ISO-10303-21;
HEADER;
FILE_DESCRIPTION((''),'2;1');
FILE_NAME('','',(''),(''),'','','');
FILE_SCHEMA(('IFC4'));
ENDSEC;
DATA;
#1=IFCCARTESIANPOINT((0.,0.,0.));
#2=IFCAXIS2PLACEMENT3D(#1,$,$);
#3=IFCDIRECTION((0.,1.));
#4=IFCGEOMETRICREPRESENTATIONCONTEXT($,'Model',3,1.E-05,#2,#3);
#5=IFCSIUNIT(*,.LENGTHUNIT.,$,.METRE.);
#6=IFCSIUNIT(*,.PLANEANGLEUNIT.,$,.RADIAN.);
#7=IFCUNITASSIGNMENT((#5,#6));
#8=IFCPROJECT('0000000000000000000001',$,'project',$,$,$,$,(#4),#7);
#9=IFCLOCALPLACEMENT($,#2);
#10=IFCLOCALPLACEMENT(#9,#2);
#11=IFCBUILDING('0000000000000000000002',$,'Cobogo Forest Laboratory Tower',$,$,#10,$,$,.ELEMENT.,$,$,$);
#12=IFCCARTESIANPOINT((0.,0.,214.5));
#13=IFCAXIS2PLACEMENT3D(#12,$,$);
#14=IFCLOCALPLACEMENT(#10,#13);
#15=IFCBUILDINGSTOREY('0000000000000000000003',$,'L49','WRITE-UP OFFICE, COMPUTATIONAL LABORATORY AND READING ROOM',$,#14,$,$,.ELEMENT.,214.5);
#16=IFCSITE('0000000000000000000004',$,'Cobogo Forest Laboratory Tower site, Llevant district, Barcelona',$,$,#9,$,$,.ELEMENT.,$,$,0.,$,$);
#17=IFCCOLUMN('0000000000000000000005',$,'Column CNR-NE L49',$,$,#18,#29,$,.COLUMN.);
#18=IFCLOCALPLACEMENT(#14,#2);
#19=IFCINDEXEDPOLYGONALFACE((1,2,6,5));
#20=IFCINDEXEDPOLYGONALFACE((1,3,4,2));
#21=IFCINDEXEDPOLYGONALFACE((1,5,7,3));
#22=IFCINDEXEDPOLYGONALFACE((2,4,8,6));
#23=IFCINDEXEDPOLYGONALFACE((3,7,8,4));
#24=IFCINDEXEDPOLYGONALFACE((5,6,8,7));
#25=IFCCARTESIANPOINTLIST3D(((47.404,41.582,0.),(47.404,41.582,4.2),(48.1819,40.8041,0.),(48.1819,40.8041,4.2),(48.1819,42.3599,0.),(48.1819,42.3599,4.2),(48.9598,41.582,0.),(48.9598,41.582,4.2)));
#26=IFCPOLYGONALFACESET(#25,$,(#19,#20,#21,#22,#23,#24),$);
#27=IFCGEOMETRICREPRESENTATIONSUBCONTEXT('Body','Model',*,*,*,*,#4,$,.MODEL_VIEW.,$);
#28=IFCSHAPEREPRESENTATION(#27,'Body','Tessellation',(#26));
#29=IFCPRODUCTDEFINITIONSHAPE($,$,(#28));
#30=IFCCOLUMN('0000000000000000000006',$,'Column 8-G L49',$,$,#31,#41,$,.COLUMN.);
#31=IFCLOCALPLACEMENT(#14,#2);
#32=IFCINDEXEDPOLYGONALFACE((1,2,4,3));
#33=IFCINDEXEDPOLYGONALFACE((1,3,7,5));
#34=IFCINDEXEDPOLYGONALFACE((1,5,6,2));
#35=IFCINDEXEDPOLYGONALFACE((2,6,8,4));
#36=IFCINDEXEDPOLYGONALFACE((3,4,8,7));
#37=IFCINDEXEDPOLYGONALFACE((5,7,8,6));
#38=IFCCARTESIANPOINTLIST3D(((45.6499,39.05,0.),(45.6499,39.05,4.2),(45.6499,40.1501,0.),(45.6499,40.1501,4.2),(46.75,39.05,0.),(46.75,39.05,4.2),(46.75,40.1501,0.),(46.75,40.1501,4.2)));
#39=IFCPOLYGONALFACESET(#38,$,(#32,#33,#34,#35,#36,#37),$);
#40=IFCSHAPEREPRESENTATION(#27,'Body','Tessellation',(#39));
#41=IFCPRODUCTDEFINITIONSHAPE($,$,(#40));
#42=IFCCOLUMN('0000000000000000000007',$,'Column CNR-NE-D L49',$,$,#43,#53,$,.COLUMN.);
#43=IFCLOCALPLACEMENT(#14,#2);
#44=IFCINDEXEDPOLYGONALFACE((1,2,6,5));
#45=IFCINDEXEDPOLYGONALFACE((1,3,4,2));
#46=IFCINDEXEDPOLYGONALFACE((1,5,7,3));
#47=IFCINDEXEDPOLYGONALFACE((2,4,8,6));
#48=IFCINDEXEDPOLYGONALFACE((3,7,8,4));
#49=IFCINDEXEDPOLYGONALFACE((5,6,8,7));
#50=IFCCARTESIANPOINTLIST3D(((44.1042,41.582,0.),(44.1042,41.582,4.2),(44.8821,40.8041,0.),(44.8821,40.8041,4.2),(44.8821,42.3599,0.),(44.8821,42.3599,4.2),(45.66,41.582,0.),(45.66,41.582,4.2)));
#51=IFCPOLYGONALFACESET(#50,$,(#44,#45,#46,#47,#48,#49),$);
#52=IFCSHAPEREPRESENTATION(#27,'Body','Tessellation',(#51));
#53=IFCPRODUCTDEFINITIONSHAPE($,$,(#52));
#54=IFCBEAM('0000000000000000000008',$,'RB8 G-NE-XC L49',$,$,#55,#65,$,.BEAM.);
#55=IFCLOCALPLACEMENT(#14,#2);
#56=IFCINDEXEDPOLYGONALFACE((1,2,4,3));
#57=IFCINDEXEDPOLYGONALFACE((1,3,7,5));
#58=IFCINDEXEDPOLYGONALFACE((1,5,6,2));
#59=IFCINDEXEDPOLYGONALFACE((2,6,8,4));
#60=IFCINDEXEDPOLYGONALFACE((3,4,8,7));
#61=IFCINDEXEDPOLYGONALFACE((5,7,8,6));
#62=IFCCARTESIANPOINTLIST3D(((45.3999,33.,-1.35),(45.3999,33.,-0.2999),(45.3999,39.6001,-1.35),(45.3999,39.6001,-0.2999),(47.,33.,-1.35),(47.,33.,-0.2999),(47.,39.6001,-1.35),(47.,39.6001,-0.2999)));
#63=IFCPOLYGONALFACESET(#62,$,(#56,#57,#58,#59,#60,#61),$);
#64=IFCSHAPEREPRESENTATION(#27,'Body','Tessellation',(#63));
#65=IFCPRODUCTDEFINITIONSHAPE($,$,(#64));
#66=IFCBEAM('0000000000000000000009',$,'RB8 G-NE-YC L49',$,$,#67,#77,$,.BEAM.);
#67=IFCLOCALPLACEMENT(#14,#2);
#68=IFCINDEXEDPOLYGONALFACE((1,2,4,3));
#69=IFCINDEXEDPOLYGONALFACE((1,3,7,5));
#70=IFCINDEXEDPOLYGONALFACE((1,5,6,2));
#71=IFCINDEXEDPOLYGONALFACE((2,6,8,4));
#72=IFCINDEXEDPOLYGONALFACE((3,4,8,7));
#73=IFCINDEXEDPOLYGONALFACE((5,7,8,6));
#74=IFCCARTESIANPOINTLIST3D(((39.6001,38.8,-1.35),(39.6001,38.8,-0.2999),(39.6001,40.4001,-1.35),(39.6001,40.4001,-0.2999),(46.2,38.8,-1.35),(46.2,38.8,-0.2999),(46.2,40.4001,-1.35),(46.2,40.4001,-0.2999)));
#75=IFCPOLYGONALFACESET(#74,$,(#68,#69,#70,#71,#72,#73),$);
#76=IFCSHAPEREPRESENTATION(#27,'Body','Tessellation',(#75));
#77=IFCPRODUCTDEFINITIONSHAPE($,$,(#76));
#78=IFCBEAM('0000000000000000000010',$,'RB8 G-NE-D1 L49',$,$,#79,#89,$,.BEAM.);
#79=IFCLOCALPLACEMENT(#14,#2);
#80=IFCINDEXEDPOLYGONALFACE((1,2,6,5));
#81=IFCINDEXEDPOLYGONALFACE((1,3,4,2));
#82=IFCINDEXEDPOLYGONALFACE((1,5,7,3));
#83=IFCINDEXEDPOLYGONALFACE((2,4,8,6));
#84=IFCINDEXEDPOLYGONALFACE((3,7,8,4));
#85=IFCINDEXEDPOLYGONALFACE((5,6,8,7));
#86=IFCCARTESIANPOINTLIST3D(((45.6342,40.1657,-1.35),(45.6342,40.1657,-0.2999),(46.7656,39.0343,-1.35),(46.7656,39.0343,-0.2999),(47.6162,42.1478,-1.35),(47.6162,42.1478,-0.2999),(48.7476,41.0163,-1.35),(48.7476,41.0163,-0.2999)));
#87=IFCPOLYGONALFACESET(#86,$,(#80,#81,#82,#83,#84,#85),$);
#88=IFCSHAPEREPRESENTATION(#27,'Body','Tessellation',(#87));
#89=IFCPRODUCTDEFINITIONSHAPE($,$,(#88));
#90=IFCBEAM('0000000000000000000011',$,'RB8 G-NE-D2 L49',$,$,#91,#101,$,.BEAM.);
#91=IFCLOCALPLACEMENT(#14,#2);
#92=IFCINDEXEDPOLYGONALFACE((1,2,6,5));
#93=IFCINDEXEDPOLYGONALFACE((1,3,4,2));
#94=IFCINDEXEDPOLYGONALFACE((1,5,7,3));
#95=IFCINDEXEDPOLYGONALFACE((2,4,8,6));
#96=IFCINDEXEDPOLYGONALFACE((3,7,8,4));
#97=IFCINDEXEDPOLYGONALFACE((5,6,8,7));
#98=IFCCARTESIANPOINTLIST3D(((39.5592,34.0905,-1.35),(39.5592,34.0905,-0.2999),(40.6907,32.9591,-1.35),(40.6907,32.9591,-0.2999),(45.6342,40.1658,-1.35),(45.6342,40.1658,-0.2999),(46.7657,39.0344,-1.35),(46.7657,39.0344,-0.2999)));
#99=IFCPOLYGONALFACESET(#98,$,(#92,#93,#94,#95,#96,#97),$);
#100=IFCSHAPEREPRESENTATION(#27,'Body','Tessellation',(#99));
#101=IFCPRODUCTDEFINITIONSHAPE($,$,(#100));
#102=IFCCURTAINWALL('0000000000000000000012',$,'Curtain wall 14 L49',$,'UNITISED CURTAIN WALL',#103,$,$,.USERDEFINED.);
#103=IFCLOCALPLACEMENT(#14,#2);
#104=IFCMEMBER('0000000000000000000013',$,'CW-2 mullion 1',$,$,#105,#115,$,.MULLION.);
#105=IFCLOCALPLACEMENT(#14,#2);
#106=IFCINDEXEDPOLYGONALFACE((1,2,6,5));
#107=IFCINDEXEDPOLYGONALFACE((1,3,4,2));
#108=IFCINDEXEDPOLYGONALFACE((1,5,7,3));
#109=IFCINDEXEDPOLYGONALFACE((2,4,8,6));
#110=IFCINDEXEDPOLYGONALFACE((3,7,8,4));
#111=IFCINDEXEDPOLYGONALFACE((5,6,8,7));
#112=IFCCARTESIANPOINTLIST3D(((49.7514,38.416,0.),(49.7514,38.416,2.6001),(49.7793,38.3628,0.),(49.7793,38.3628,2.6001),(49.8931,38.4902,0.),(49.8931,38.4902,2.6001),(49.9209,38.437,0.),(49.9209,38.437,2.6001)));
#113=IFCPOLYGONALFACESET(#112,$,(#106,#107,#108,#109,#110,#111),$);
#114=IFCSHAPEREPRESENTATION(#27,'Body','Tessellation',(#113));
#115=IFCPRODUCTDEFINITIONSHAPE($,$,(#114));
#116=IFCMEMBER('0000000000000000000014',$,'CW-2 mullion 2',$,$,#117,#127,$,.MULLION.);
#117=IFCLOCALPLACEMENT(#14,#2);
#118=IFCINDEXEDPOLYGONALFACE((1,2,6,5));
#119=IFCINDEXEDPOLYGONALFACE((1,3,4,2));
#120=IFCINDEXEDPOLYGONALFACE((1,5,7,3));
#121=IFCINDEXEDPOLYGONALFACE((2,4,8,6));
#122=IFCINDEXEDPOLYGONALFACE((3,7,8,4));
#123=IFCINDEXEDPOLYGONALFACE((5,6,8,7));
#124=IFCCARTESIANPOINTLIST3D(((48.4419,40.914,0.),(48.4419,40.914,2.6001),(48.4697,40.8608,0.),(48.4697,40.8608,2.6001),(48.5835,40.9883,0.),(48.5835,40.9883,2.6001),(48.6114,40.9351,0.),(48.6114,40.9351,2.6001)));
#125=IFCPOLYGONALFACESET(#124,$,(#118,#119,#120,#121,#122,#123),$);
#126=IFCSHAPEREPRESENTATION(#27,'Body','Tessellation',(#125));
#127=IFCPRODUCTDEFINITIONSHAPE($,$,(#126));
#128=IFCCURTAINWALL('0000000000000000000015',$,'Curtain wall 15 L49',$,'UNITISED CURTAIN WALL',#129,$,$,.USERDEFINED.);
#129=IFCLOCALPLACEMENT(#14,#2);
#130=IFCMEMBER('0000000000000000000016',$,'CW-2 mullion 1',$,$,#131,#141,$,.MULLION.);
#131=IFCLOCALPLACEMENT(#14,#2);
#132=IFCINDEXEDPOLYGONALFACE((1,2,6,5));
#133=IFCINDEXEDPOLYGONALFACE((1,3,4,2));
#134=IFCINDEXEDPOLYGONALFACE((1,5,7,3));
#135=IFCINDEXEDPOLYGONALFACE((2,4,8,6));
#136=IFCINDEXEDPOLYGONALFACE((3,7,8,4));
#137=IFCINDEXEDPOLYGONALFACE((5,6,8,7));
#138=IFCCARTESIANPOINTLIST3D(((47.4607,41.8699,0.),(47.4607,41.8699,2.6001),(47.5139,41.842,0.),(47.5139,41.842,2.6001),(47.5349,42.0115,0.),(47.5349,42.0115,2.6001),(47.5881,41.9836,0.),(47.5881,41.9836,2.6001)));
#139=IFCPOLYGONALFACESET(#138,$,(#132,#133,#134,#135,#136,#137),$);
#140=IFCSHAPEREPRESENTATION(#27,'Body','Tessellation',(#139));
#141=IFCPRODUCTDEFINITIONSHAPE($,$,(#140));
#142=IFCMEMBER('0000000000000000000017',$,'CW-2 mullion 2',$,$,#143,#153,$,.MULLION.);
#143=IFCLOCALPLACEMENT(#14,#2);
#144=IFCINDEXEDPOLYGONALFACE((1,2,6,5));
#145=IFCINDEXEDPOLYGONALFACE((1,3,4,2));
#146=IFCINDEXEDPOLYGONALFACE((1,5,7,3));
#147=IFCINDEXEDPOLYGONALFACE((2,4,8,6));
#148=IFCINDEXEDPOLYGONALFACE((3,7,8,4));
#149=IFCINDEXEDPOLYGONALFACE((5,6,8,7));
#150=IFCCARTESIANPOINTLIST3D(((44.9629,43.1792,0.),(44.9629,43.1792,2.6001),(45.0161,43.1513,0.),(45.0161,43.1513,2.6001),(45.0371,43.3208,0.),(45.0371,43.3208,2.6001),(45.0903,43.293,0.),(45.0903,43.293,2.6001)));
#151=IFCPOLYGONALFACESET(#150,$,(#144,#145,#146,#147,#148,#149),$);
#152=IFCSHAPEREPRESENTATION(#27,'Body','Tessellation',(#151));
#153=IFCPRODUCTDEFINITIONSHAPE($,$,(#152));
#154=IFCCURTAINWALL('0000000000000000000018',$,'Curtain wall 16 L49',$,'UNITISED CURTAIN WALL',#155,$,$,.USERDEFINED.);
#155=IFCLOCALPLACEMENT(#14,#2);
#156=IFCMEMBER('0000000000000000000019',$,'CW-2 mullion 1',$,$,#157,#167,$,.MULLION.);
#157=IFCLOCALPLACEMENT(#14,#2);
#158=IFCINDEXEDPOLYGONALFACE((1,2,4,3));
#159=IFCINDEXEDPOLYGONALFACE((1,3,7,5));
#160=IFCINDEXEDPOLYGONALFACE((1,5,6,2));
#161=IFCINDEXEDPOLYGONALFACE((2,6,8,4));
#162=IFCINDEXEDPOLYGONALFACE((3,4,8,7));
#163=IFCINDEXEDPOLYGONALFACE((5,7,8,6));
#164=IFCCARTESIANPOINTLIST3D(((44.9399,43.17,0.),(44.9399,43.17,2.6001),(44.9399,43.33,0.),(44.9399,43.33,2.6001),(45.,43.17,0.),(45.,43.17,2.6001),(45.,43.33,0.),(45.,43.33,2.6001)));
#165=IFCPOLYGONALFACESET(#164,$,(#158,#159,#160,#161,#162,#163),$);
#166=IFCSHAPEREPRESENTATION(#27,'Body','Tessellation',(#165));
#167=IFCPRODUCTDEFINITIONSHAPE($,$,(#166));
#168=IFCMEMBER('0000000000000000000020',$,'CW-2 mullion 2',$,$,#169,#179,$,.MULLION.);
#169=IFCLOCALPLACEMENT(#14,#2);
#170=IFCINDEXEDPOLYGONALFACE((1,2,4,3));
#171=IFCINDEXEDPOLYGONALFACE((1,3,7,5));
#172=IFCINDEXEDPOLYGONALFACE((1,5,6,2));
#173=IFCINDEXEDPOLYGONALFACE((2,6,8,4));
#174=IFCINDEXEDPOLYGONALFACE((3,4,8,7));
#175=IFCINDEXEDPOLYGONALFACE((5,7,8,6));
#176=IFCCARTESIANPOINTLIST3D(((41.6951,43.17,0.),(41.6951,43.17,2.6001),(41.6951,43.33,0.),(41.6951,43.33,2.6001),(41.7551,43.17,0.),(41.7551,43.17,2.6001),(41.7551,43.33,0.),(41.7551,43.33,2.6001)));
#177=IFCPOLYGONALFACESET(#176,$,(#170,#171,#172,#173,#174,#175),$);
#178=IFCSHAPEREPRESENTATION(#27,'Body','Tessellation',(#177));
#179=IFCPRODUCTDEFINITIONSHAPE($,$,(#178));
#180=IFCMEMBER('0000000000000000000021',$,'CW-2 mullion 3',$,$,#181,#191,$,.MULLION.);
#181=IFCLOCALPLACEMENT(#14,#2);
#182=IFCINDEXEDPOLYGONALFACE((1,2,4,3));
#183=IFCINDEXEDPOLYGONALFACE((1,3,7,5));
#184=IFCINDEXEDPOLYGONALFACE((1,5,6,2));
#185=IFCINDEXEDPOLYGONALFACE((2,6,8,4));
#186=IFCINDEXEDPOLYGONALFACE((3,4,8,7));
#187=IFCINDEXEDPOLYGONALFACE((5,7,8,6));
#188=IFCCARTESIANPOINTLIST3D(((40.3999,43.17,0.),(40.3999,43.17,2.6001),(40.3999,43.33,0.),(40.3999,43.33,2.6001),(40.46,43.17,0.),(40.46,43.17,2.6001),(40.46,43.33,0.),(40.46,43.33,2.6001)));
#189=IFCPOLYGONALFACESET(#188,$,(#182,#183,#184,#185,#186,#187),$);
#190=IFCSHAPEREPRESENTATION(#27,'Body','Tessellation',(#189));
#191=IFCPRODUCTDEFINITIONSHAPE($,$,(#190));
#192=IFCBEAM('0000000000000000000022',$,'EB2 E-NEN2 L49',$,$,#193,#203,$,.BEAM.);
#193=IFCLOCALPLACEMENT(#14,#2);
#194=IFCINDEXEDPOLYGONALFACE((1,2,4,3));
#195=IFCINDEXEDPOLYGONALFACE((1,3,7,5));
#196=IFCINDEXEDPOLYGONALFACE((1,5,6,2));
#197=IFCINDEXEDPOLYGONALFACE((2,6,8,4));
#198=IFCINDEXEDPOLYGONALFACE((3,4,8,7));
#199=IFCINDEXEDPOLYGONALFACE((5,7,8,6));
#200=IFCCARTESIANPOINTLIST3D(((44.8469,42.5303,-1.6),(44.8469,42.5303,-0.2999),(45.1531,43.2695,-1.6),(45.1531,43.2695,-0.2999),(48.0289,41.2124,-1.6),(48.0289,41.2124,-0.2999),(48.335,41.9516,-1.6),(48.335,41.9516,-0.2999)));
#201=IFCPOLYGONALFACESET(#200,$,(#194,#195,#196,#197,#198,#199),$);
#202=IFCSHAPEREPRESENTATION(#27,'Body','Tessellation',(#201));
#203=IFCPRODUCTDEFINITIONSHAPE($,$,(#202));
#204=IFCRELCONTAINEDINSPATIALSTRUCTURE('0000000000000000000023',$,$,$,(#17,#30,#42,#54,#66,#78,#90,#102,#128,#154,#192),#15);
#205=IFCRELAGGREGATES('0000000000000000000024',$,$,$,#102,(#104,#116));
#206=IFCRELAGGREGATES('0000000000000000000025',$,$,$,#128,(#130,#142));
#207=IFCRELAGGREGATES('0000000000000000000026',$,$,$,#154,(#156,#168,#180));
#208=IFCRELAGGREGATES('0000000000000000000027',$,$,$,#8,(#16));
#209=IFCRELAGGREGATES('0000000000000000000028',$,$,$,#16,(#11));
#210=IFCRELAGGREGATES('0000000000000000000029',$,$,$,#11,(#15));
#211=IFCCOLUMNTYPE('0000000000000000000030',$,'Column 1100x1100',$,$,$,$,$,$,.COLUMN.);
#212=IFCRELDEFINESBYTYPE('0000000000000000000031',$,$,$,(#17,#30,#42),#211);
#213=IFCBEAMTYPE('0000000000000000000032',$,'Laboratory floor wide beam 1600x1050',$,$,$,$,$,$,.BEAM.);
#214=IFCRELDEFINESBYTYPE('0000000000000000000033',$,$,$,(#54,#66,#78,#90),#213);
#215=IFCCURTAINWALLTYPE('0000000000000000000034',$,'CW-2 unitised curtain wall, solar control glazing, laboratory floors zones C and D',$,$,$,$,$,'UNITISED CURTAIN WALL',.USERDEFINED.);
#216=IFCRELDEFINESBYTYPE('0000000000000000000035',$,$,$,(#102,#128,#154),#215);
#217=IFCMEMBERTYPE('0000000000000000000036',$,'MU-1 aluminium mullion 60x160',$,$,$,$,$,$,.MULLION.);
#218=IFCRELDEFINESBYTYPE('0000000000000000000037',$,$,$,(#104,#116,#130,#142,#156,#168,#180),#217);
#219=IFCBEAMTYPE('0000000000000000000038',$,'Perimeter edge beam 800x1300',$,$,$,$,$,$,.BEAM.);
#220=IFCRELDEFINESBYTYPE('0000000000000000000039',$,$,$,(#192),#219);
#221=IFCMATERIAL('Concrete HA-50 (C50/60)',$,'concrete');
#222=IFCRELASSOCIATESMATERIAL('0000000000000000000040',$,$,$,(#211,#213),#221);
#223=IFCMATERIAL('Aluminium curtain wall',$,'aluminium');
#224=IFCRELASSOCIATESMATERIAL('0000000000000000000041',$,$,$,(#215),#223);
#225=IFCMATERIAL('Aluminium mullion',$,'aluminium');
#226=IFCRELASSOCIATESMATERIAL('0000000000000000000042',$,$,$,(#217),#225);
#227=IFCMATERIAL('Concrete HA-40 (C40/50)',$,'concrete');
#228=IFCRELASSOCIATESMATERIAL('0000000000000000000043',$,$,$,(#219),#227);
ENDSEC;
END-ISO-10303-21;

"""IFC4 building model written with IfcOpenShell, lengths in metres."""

from ifc_helpers import new_model, si_unit, direction, frame, origin, origin_2d, place, context, subcontext, project, spatial, rectangle, extrude, material, material_profile, profile_set, type_object, element, aggregate, save


model = new_model("IFC4")

# Units and contexts
model_context = context("Model", 3, precision=1e-05, world=origin(), true_north=direction((0.0, 1.0)))
body_context = subcontext(model_context, "Body", "Model", "MODEL_VIEW")
ifc_project = project(units=[si_unit("LENGTHUNIT", "METRE"), si_unit("PLANEANGLEUNIT", "RADIAN")], contexts=[model_context])

# Site, building, storey
site_placement = place(None, origin())
site = spatial("IfcSite", under=ifc_project, at=site_placement, Name="Cobogo Forest Laboratory Tower site, Llevant district, Barcelona", CompositionType="ELEMENT", RefElevation=0.0)
building_placement = place(site_placement, origin())
building = spatial("IfcBuilding", under=site, at=building_placement, Name="Cobogo Forest Laboratory Tower", CompositionType="ELEMENT")
storey_placement = place(building_placement, frame((0.0, 0.0, 214.5)))
storey = spatial("IfcBuildingStorey", under=building, at=storey_placement, Name="L49", Description="WRITE-UP OFFICE, COMPUTATIONAL LABORATORY AND READING ROOM", CompositionType="ELEMENT", Elevation=214.5)

# Columns
ifc_material_1 = material(Name="Concrete HA-50 (C50/60)", Category="concrete")
ifc_material_profile_1 = material_profile(ifc_material_1, rectangle(XDim=1.1001, YDim=1.1001, at=origin_2d()), Name="RC 1100x1100")
ifc_profile_set_1 = profile_set([ifc_material_profile_1], Name="Concrete HA-50 (C50/60)")
column_type = type_object("IfcColumnType", Name="Column 1100x1100", PredefinedType="COLUMN", material=ifc_profile_set_1)
for number, where, z_axis, x_axis, name in (
    (1, (48.1819, 41.582, 0.0), (0.0, 0.0, 1.0), (0.707107, 0.707107, 0.0), "Column CNR-NE L49"),
    (2, (46.2, 39.6001, 0.0), (0.0, 0.0, 1.0), (1.0, 0.0, 0.0), "Column 8-G L49"),
    (3, (44.8821, 41.582, 0.0), (0.0, 0.0, 1.0), (0.707107, 0.707107, 0.0), "Column CNR-NE-D L49"),
):
    element("IfcColumn", number, at=place(storey_placement, frame(where, z_axis=z_axis, x_axis=x_axis)), inside=storey, type_object=column_type, Name=name, PredefinedType="COLUMN", context=body_context, shape_type="SweptSolid", body=[
        extrude(rectangle(XDim=1.1001, YDim=1.1001, at=origin_2d()), origin(), (0.0, 0.0, 1.0), 4.2),
    ])

# Beams
ifc_material_profile_2 = material_profile(ifc_material_1, rectangle(XDim=1.6001, YDim=1.05, at=origin_2d()), Name="RC 1600x1050")
ifc_profile_set_2 = profile_set([ifc_material_profile_2], Name="Concrete HA-50 (C50/60)")
beam_type_1 = type_object("IfcBeamType", Name="Laboratory floor wide beam 1600x1050", PredefinedType="BEAM", material=ifc_profile_set_2)
beam_1_placement = place(storey_placement, frame((46.2, 39.6001, -0.825), z_axis=(0.0, -1.0, 0.0), x_axis=(1.0, 0.0, 0.0)))
element("IfcBeam", 4, at=beam_1_placement, inside=storey, type_object=beam_type_1, Name="RB8 G-NE-XC L49", PredefinedType="BEAM", context=body_context, shape_type="SweptSolid", body=[
    extrude(rectangle(XDim=1.6001, YDim=1.05, at=origin_2d()), origin(), (0.0, 0.0, 1.0), 6.6001),
])
beam_2_placement = place(storey_placement, frame((46.2, 39.6001, -0.825), z_axis=(-1.0, 0.0, 0.0), x_axis=(0.0, -1.0, 0.0)))
element("IfcBeam", 5, at=beam_2_placement, inside=storey, type_object=beam_type_1, Name="RB8 G-NE-YC L49", PredefinedType="BEAM", context=body_context, shape_type="SweptSolid", body=[
    extrude(rectangle(XDim=1.6001, YDim=1.05, at=origin_2d()), origin(), (0.0, 0.0, 1.0), 6.5999),
])
beam_3_placement = place(storey_placement, frame((48.1819, 41.582, -0.825), z_axis=(-0.707107, -0.707107, 0.0), x_axis=(0.707107, -0.707107, 0.0)))
element("IfcBeam", 6, at=beam_3_placement, inside=storey, type_object=beam_type_1, Name="RB8 G-NE-D1 L49", PredefinedType="BEAM", context=body_context, shape_type="SweptSolid", body=[
    extrude(rectangle(XDim=1.6001, YDim=1.05, at=origin_2d()), origin(), (0.0, 0.0, 1.0), 2.803),
])
beam_4_placement = place(storey_placement, frame((46.2, 39.6001, -0.825), z_axis=(-0.707093, -0.707121, 0.0), x_axis=(0.707121, -0.707093, 0.0)))
element("IfcBeam", 7, at=beam_4_placement, inside=storey, type_object=beam_type_1, Name="RB8 G-NE-D2 L49", PredefinedType="BEAM", context=body_context, shape_type="SweptSolid", body=[
    extrude(rectangle(XDim=1.6001, YDim=1.05, at=origin_2d()), origin(), (0.0, 0.0, 1.0), 8.5916),
])

# Curtain walls, members
ifc_material_2 = material(Name="Aluminium curtain wall", Category="aluminium")
curtain_wall_type = type_object("IfcCurtainWallType", Name="CW-2 unitised curtain wall, solar control glazing, laboratory floors zones C and D", ElementType="UNITISED CURTAIN WALL", PredefinedType="USERDEFINED", material=ifc_material_2)
curtain_wall_1_placement = place(storey_placement, origin())
curtain_wall_1 = element("IfcCurtainWall", 8, at=curtain_wall_1_placement, inside=storey, type_object=curtain_wall_type, Name="Curtain wall 14 L49", ObjectType="UNITISED CURTAIN WALL", PredefinedType="USERDEFINED")
ifc_material_3 = material(Name="Aluminium mullion", Category="aluminium")
ifc_material_profile_3 = material_profile(ifc_material_3, rectangle(XDim=0.0601, YDim=0.1599, at=origin_2d()), Name="AL 60x160")
ifc_profile_set_3 = profile_set([ifc_material_profile_3], Name="Aluminium mullion")
member_type_1 = type_object("IfcMemberType", Name="MU-1 aluminium mullion 60x160", PredefinedType="MULLION", material=ifc_profile_set_3)
member_1_placement = place(storey_placement, frame((49.8362, 38.4265, 0.0), z_axis=(0.0, 0.0, 1.0), x_axis=(-0.464284, 0.885686, 0.0)))
member_1 = element("IfcMember", 9, at=member_1_placement, type_object=member_type_1, Name="CW-2 mullion 1", PredefinedType="MULLION", context=body_context, shape_type="SweptSolid", body=[
    extrude(rectangle(XDim=0.0601, YDim=0.1599, at=origin_2d()), origin(), (0.0, 0.0, 1.0), 2.6001),
])
member_2_placement = place(storey_placement, frame((48.5266, 40.9246, 0.0), z_axis=(0.0, 0.0, 1.0), x_axis=(-0.464284, 0.885686, 0.0)))
member_2 = element("IfcMember", 10, at=member_2_placement, type_object=member_type_1, Name="CW-2 mullion 2", PredefinedType="MULLION", context=body_context, shape_type="SweptSolid", body=[
    extrude(rectangle(XDim=0.0601, YDim=0.1599, at=origin_2d()), origin(), (0.0, 0.0, 1.0), 2.6001),
])
curtain_wall_2_placement = place(storey_placement, origin())
curtain_wall_2 = element("IfcCurtainWall", 11, at=curtain_wall_2_placement, inside=storey, type_object=curtain_wall_type, Name="Curtain wall 15 L49", ObjectType="UNITISED CURTAIN WALL", PredefinedType="USERDEFINED")
member_3_placement = place(storey_placement, frame((47.5244, 41.9268, 0.0), z_axis=(0.0, 0.0, 1.0), x_axis=(-0.885686, 0.464284, 0.0)))
member_3 = element("IfcMember", 12, at=member_3_placement, type_object=member_type_1, Name="CW-2 mullion 1", PredefinedType="MULLION", context=body_context, shape_type="SweptSolid", body=[
    extrude(rectangle(XDim=0.0601, YDim=0.1599, at=origin_2d()), origin(), (0.0, 0.0, 1.0), 2.6001),
])
member_4_placement = place(storey_placement, frame((45.0266, 43.2361, 0.0), z_axis=(0.0, 0.0, 1.0), x_axis=(-0.885686, 0.464284, 0.0)))
member_4 = element("IfcMember", 13, at=member_4_placement, type_object=member_type_1, Name="CW-2 mullion 2", PredefinedType="MULLION", context=body_context, shape_type="SweptSolid", body=[
    extrude(rectangle(XDim=0.0601, YDim=0.1599, at=origin_2d()), origin(), (0.0, 0.0, 1.0), 2.6001),
])
curtain_wall_3_placement = place(storey_placement, origin())
curtain_wall_3 = element("IfcCurtainWall", 14, at=curtain_wall_3_placement, inside=storey, type_object=curtain_wall_type, Name="Curtain wall 16 L49", ObjectType="UNITISED CURTAIN WALL", PredefinedType="USERDEFINED")
member_5_placement = place(storey_placement, frame((44.97, 43.25, 0.0), z_axis=(0.0, 0.0, 1.0), x_axis=(-1.0, 0.0, 0.0)))
member_5 = element("IfcMember", 15, at=member_5_placement, type_object=member_type_1, Name="CW-2 mullion 1", PredefinedType="MULLION", context=body_context, shape_type="SweptSolid", body=[
    extrude(rectangle(XDim=0.0601, YDim=0.1599, at=origin_2d()), origin(), (0.0, 0.0, 1.0), 2.6001),
])
member_6_placement = place(storey_placement, frame((41.7251, 43.25, 0.0), z_axis=(0.0, 0.0, 1.0), x_axis=(-1.0, 0.0, 0.0)))
member_6 = element("IfcMember", 16, at=member_6_placement, type_object=member_type_1, Name="CW-2 mullion 2", PredefinedType="MULLION", context=body_context, shape_type="SweptSolid", body=[
    extrude(rectangle(XDim=0.0601, YDim=0.1599, at=origin_2d()), origin(), (0.0, 0.0, 1.0), 2.6001),
])
member_7_placement = place(storey_placement, frame((40.4299, 43.25, 0.0), z_axis=(0.0, 0.0, 1.0), x_axis=(-1.0, 0.0, 0.0)))
member_7 = element("IfcMember", 17, at=member_7_placement, type_object=member_type_1, Name="CW-2 mullion 3", PredefinedType="MULLION", context=body_context, shape_type="SweptSolid", body=[
    extrude(rectangle(XDim=0.0601, YDim=0.1599, at=origin_2d()), origin(), (0.0, 0.0, 1.0), 2.6001),
])

# Beam
ifc_material_4 = material(Name="Concrete HA-40 (C40/50)", Category="concrete")
ifc_material_profile_4 = material_profile(ifc_material_4, rectangle(XDim=0.8, YDim=1.3, at=origin_2d()), Name="RC 800x1300")
ifc_profile_set_4 = profile_set([ifc_material_profile_4], Name="Concrete HA-40 (C40/50)")
beam_type_2 = type_object("IfcBeamType", Name="Perimeter edge beam 800x1300", PredefinedType="BEAM", material=ifc_profile_set_4)
beam_5_placement = place(storey_placement, frame((45.0, 42.8999, -0.95), z_axis=(0.923891, -0.382656, 0.0), x_axis=(0.382656, 0.923891, 0.0)))
element("IfcBeam", 18, at=beam_5_placement, inside=storey, type_object=beam_type_2, Name="EB2 E-NEN2 L49", PredefinedType="BEAM", context=body_context, shape_type="SweptSolid", body=[
    extrude(rectangle(XDim=0.8, YDim=1.3, at=origin_2d()), origin(), (0.0, 0.0, 1.0), 3.4441),
])

aggregate(curtain_wall_1, [member_1, member_2])
aggregate(curtain_wall_2, [member_3, member_4])
aggregate(curtain_wall_3, [member_5, member_6, member_7])

save(model, "model.ifc")
